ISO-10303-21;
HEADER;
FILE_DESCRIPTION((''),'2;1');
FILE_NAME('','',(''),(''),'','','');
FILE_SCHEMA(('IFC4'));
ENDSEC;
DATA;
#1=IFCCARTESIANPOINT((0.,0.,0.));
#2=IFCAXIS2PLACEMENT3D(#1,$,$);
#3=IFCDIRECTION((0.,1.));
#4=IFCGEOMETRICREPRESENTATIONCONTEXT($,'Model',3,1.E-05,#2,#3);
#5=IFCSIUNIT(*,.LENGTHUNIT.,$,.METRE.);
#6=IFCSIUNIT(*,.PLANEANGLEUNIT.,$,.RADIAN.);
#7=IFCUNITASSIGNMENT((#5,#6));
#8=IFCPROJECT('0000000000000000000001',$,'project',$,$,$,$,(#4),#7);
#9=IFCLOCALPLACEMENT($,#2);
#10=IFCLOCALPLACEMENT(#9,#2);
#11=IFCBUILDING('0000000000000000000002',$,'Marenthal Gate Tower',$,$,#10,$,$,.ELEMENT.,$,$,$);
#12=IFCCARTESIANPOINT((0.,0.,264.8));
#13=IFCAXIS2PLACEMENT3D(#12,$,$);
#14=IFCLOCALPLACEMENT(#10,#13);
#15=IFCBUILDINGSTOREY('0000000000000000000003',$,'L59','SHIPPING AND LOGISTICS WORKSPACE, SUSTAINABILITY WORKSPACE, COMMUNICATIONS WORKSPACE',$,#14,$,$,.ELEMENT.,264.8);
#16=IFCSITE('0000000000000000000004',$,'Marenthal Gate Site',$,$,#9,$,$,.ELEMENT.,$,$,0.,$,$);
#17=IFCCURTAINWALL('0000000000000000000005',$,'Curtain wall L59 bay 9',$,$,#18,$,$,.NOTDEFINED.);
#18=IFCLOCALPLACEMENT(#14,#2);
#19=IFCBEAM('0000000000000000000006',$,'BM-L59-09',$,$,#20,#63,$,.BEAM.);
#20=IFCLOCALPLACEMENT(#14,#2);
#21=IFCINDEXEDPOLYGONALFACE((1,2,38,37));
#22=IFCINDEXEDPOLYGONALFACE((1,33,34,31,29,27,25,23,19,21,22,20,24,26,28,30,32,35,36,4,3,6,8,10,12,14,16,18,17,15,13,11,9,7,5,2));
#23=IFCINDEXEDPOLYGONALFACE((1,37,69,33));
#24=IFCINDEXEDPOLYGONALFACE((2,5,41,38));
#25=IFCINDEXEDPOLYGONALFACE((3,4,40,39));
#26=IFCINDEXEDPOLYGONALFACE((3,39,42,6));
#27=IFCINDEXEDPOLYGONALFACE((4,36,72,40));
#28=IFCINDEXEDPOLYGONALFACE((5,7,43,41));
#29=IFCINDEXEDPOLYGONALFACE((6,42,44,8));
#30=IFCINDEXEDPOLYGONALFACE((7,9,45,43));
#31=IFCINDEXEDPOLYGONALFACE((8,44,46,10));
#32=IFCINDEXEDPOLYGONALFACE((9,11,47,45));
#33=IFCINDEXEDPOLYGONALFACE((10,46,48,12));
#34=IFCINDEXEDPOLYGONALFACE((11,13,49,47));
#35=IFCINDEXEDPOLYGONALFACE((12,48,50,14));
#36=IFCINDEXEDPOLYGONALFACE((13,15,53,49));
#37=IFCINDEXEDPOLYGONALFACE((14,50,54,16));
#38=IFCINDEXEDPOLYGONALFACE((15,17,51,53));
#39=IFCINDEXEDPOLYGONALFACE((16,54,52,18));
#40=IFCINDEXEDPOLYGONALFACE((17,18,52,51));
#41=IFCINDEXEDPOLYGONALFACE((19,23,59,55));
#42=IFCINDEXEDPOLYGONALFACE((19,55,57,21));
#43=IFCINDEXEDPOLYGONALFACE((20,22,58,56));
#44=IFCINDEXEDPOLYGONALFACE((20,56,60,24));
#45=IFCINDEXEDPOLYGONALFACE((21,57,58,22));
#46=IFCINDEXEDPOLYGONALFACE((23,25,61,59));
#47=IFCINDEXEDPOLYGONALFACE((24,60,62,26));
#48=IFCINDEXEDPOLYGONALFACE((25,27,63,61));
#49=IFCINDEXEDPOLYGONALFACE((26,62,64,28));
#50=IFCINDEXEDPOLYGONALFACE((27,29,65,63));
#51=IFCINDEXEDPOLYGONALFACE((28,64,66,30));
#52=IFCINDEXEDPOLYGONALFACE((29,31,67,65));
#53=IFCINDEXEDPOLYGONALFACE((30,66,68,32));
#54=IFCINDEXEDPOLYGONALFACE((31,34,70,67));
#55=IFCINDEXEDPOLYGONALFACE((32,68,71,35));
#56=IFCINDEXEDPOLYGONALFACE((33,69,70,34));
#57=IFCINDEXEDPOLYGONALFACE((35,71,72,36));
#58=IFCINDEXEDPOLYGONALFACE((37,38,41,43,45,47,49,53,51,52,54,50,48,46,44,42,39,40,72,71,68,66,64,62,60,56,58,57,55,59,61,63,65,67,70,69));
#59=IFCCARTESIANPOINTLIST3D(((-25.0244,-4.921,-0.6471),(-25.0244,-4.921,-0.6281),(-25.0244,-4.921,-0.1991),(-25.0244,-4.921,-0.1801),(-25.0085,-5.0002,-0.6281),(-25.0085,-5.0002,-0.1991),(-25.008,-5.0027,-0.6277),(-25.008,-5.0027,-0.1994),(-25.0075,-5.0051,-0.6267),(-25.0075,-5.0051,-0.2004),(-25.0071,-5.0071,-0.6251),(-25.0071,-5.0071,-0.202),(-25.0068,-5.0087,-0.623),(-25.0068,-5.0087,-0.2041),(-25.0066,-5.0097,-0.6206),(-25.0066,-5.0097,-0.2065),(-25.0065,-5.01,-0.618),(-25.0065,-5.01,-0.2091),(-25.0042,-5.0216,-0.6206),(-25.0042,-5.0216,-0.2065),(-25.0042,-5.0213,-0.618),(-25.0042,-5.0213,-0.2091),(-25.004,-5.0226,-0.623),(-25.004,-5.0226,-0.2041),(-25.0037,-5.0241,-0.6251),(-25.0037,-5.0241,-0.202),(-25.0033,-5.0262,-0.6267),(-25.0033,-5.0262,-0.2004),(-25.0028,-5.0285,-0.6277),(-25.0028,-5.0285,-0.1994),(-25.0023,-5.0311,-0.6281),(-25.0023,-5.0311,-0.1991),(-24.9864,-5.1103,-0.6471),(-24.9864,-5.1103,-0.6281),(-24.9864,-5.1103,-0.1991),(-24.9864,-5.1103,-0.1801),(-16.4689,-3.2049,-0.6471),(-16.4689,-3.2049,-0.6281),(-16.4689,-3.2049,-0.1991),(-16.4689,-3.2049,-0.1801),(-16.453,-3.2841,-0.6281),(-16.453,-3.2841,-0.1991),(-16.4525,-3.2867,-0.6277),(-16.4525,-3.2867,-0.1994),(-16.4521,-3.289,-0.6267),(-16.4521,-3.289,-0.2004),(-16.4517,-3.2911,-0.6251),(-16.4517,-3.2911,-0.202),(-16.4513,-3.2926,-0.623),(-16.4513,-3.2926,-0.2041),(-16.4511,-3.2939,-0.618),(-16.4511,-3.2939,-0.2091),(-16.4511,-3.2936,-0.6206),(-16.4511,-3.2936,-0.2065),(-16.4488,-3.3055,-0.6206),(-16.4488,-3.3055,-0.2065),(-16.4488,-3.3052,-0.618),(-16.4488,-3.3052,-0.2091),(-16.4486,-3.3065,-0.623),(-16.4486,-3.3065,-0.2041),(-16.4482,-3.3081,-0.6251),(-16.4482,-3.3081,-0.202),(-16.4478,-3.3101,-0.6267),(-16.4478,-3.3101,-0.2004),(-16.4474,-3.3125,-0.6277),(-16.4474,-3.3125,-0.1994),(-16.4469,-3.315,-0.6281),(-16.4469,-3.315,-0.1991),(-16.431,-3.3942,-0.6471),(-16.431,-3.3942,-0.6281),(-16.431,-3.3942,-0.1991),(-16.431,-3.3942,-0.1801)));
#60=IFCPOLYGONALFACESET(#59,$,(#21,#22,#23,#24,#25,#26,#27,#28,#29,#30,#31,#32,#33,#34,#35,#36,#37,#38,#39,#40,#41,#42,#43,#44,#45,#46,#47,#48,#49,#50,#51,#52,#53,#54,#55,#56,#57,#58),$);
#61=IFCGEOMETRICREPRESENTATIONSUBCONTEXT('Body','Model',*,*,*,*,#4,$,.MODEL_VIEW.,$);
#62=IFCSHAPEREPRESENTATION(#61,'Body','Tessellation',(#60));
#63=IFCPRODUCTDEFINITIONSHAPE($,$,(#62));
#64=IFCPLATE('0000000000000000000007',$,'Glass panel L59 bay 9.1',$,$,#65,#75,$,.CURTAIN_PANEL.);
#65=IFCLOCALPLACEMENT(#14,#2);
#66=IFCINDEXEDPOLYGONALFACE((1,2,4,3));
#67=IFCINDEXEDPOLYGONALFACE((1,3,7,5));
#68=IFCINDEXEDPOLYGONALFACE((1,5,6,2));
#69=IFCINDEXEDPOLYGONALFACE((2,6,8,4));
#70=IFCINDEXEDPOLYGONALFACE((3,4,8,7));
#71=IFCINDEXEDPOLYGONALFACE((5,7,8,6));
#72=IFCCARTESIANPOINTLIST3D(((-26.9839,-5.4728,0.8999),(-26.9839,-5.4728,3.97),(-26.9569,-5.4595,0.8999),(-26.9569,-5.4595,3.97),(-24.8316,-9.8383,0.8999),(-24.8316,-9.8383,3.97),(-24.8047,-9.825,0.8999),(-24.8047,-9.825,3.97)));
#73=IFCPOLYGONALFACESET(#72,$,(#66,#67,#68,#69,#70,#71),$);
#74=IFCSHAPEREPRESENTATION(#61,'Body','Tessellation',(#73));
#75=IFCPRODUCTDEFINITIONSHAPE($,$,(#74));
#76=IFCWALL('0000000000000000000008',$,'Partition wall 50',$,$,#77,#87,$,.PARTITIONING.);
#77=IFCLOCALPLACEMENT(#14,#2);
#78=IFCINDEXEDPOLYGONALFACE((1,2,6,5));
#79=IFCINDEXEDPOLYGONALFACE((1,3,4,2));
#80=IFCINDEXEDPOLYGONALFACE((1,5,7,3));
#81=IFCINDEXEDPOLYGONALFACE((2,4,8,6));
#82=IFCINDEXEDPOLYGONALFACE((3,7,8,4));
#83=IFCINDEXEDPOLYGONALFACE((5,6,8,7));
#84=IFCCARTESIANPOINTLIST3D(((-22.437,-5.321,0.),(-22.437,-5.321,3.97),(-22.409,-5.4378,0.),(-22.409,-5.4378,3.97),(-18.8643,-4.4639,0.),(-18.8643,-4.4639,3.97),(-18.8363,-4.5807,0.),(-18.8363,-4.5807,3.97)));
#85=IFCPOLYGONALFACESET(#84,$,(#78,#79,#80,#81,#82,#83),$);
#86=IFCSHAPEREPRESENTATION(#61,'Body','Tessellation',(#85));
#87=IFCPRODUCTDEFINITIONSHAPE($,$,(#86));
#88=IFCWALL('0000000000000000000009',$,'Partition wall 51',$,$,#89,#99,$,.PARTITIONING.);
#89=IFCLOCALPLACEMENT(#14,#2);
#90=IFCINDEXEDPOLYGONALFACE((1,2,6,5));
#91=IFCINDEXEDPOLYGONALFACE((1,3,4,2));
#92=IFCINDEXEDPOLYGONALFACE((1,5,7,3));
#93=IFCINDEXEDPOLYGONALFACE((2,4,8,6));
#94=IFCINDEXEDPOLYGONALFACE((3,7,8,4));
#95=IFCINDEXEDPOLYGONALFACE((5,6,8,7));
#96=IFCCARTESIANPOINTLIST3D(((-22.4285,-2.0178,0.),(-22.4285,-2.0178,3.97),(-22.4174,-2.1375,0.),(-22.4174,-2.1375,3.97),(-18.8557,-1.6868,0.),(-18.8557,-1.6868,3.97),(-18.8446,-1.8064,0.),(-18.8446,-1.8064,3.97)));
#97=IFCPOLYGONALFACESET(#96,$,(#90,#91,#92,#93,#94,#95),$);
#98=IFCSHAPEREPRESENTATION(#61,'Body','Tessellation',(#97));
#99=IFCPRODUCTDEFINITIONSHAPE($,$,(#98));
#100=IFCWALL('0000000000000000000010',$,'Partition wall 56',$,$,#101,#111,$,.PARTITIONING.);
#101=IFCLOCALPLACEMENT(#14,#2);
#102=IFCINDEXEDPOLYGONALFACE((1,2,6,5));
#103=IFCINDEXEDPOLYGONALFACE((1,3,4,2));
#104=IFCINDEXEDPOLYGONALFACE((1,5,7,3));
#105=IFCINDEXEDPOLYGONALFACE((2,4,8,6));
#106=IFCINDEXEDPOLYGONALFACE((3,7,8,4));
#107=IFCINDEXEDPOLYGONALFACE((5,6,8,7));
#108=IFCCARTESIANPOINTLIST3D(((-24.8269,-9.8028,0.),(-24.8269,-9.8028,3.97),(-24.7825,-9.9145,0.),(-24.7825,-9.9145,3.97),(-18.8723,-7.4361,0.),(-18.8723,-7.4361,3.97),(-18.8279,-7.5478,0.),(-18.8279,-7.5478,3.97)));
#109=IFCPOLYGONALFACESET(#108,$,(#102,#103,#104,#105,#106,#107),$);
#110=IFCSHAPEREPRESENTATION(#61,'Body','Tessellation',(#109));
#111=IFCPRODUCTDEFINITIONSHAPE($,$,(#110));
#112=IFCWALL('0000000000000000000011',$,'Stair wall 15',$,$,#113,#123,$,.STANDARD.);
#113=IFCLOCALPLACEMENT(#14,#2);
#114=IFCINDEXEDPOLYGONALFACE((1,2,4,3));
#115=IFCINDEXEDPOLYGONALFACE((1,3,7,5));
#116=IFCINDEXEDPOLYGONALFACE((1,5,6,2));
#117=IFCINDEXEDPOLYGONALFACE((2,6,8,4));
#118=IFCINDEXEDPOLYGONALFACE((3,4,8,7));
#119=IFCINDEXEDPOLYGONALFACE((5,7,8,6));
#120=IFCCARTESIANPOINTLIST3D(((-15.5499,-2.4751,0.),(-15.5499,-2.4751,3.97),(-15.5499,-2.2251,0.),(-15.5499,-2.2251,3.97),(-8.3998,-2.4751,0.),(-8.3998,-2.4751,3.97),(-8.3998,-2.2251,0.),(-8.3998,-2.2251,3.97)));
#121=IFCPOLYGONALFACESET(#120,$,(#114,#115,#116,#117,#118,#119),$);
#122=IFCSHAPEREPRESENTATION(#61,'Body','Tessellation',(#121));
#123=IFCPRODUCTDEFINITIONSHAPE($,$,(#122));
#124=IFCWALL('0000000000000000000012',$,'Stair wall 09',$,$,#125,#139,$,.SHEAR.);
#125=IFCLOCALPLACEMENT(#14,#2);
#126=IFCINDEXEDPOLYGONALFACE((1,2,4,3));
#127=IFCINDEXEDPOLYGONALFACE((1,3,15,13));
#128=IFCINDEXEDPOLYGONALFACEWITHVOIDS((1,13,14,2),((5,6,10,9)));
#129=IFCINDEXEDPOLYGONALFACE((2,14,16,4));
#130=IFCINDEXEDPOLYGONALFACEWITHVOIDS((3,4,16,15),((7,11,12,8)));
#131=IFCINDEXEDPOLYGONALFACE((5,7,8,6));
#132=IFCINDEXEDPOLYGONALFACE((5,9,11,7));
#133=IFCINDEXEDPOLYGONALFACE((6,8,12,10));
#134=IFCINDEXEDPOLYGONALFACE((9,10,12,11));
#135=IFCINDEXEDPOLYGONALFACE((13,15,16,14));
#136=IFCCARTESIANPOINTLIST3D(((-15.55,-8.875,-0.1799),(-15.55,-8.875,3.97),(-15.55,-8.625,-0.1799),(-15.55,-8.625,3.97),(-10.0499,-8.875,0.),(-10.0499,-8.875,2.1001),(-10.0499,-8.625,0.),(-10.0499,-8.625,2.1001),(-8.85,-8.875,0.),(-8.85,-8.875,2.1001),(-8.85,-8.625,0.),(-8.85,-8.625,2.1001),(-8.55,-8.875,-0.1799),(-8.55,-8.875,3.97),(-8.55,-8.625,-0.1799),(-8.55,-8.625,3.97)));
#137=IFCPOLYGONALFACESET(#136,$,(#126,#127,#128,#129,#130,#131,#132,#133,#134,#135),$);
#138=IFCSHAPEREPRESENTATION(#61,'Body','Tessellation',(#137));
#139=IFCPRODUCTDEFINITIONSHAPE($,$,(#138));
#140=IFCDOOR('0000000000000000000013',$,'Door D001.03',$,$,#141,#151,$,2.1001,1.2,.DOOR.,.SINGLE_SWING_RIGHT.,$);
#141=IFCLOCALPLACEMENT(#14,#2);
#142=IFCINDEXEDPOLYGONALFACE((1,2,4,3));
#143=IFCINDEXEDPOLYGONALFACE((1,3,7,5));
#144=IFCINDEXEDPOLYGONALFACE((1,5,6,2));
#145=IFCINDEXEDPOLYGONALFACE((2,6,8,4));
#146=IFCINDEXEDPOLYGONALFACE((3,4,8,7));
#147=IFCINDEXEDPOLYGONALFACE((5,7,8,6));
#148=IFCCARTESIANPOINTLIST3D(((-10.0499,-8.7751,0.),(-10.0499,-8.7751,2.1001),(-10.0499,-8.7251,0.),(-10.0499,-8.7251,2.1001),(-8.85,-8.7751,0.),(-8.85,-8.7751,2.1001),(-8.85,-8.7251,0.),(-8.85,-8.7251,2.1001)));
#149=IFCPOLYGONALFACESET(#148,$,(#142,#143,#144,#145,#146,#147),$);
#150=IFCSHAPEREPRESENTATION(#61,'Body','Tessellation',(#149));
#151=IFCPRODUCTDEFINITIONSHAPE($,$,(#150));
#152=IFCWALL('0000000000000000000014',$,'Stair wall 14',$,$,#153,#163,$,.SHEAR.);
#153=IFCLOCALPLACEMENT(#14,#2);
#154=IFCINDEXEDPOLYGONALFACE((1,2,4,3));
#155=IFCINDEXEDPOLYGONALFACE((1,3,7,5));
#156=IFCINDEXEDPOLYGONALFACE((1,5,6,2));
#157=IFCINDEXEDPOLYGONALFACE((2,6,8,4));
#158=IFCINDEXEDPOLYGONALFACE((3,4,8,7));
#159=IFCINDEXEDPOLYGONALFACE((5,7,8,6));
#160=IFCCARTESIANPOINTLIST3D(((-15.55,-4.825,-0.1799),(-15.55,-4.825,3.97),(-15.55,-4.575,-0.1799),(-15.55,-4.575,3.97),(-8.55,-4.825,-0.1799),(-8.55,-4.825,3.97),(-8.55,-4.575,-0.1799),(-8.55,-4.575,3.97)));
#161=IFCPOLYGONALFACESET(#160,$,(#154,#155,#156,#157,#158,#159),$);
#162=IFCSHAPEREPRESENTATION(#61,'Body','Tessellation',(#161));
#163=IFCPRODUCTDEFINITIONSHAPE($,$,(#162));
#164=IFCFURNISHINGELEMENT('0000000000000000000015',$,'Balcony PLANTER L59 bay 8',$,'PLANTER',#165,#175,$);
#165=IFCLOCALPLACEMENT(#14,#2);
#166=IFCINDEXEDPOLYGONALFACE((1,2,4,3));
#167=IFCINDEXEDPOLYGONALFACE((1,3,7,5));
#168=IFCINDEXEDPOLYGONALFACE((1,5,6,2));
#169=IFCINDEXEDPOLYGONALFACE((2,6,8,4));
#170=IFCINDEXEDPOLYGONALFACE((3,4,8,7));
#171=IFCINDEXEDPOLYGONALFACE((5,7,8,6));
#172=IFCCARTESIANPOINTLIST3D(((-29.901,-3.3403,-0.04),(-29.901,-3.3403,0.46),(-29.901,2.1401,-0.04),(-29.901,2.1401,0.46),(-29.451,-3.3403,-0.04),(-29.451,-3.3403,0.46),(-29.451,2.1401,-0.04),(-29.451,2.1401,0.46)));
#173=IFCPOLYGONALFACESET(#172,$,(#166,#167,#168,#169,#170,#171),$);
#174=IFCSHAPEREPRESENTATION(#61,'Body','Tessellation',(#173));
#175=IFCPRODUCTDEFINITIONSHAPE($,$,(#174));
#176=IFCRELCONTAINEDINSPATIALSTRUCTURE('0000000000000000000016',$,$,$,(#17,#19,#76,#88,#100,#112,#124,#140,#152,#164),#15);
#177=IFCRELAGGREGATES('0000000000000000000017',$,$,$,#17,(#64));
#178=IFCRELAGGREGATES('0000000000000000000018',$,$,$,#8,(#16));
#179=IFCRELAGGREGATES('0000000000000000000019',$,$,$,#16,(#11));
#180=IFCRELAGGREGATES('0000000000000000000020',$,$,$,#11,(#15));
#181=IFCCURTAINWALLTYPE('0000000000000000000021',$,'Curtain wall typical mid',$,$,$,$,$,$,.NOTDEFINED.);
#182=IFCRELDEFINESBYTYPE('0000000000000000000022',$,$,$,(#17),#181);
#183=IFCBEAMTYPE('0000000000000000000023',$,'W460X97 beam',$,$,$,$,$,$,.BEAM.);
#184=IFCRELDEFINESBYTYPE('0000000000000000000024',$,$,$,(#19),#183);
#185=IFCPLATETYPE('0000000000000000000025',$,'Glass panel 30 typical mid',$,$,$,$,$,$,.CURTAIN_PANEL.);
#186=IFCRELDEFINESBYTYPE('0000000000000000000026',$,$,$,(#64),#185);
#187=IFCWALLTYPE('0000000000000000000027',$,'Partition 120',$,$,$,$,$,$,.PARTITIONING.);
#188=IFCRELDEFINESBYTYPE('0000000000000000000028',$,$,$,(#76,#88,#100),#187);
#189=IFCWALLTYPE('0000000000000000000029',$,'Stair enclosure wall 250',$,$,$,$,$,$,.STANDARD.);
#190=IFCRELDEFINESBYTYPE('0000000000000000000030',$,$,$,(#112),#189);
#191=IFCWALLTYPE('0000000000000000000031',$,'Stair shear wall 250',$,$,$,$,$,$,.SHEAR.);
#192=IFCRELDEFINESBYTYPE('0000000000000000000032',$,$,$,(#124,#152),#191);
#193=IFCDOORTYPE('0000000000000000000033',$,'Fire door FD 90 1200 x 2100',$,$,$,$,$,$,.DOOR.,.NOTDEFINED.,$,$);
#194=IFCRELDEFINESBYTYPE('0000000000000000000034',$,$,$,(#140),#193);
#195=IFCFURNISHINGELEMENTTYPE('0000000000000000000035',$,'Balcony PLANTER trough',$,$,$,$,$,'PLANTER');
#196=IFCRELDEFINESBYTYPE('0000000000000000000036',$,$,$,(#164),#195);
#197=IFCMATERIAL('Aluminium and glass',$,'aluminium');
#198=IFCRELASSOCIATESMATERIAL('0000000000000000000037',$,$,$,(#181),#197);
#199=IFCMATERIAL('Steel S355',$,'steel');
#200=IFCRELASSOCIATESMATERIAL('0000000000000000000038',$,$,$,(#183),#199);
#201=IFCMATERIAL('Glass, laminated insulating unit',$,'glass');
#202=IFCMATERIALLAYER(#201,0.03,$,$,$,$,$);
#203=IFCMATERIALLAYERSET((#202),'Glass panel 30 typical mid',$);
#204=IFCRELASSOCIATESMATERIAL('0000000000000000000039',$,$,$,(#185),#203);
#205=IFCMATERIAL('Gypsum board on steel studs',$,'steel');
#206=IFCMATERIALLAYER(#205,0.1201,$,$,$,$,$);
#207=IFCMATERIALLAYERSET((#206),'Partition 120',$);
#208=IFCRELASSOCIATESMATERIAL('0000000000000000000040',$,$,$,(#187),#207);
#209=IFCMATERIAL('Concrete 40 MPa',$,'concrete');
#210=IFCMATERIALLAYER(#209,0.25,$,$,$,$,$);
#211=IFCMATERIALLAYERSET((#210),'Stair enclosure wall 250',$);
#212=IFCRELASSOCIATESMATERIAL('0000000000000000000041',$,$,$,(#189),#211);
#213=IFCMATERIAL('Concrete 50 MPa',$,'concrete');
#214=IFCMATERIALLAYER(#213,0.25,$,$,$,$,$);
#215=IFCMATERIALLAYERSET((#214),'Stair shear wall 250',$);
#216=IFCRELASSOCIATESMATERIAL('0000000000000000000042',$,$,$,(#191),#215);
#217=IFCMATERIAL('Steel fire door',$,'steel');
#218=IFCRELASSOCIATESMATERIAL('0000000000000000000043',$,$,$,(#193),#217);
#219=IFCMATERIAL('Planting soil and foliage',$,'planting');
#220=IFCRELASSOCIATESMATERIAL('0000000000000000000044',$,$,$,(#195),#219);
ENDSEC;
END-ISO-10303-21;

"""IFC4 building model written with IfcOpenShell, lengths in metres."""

from ifc_helpers import new_model, si_unit, direction, frame, frame_2d, origin, origin_2d, place, context, subcontext, project, spatial, rectangle, i_section, extrude, material, layer, layer_set, material_profile, profile_set, type_object, element, fill, aggregate, save


model = new_model("IFC4")

# Units and contexts
model_context = context("Model", 3, precision=1e-05, world=origin(), true_north=direction((0.0, 1.0)))
body_context = subcontext(model_context, "Body", "Model", "MODEL_VIEW")
ifc_project = project(units=[si_unit("LENGTHUNIT", "METRE"), si_unit("PLANEANGLEUNIT", "RADIAN")], contexts=[model_context])

# Site, building, storey
site_placement = place(None, origin())
site = spatial("IfcSite", under=ifc_project, at=site_placement, Name="Marenthal Gate Site", CompositionType="ELEMENT", RefElevation=0.0)
building_placement = place(site_placement, origin())
building = spatial("IfcBuilding", under=site, at=building_placement, Name="Marenthal Gate Tower", CompositionType="ELEMENT")
storey_placement = place(building_placement, frame((0.0, 0.0, 264.8)))
storey = spatial("IfcBuildingStorey", under=building, at=storey_placement, Name="L59", Description="SHIPPING AND LOGISTICS WORKSPACE, SUSTAINABILITY WORKSPACE, COMMUNICATIONS WORKSPACE", CompositionType="ELEMENT", Elevation=264.8)

# Curtain wall
ifc_material_1 = material(Name="Aluminium and glass", Category="aluminium")
curtain_wall_type = type_object("IfcCurtainWallType", Name="Curtain wall typical mid", PredefinedType="NOTDEFINED", material=ifc_material_1)
curtain_wall_placement = place(storey_placement, origin())
curtain_wall = element("IfcCurtainWall", 1, at=curtain_wall_placement, inside=storey, type_object=curtain_wall_type, Name="Curtain wall L59 bay 9", PredefinedType="NOTDEFINED")

# Beam
ifc_material_2 = material(Name="Steel S355", Category="steel")
ifc_material_profile_1 = material_profile(ifc_material_2, i_section(OverallWidth=0.1931, OverallDepth=0.467, WebThickness=0.0115, FlangeThickness=0.019, FilletRadius=0.01, at=origin_2d()), Name="W460X97")
ifc_profile_set_1 = profile_set([ifc_material_profile_1], Name="Steel S355")
beam_type_1 = type_object("IfcBeamType", Name="W460X97 beam", PredefinedType="BEAM", material=ifc_profile_set_1)
beam_1_placement = place(storey_placement, frame((-25.0054, -5.0156, -0.4136), z_axis=(0.980471, 0.196665, 0.0), x_axis=(-0.196665, 0.980471, 0.0)))
element("IfcBeam", 2, at=beam_1_placement, inside=storey, type_object=beam_type_1, Name="BM-L59-09", PredefinedType="BEAM", context=body_context, shape_type="SweptSolid", body=[
    extrude(i_section(OverallWidth=0.1931, OverallDepth=0.467, WebThickness=0.0115, FlangeThickness=0.019, FilletRadius=0.01, at=origin_2d()), origin(), (0.0, 0.0, 1.0), 8.7258),
])

# Plate
ifc_material_3 = material(Name="Glass, laminated insulating unit", Category="glass")
ifc_layer_1 = layer(ifc_material_3, 0.03)
ifc_layer_set_1 = layer_set([ifc_layer_1], Name="Glass panel 30 typical mid")
plate_type = type_object("IfcPlateType", Name="Glass panel 30 typical mid", PredefinedType="CURTAIN_PANEL", material=ifc_layer_set_1)
plate_placement = place(storey_placement, frame((-25.8943, -7.6489, 0.8999), z_axis=(0.0, 0.0, 1.0), x_axis=(0.442192, -0.896921, 0.0)))
plate = element("IfcPlate", 3, at=plate_placement, type_object=plate_type, Name="Glass panel L59 bay 9.1", PredefinedType="CURTAIN_PANEL", context=body_context, shape_type="SweptSolid", body=[
    extrude(rectangle(XDim=4.8672, YDim=0.03, at=origin_2d()), origin(), (0.0, 0.0, 1.0), 3.0701),
])
aggregate(curtain_wall, [plate])

# Walls
ifc_material_4 = material(Name="Gypsum board on steel studs", Category="steel")
ifc_layer_2 = layer(ifc_material_4, 0.1201)
ifc_layer_set_2 = layer_set([ifc_layer_2], Name="Partition 120")
wall_type_1 = type_object("IfcWallType", Name="Partition 120", PredefinedType="PARTITIONING", material=ifc_layer_set_2)
wall_1_placement = place(storey_placement, frame((-22.4229, -5.3794, 0.0), z_axis=(0.0, 0.0, 1.0), x_axis=(0.972405, 0.2333, 0.0)))
element("IfcWall", 4, at=wall_1_placement, inside=storey, type_object=wall_type_1, Name="Partition wall 50", PredefinedType="PARTITIONING", context=body_context, shape_type="SweptSolid", body=[
    extrude(rectangle(XDim=3.6741, YDim=0.1201, at=frame_2d((1.8369, 0.0))), origin(), (0.0, 0.0, 1.0), 3.97),
])
wall_2_placement = place(storey_placement, frame((-22.4229, -2.0776, 0.0), z_axis=(0.0, 0.0, 1.0), x_axis=(0.995734, 0.092266, 0.0)))
element("IfcWall", 5, at=wall_2_placement, inside=storey, type_object=wall_type_1, Name="Partition wall 51", PredefinedType="PARTITIONING", context=body_context, shape_type="SweptSolid", body=[
    extrude(rectangle(XDim=3.5881, YDim=0.1201, at=frame_2d((1.7939, 0.0))), origin(), (0.0, 0.0, 1.0), 3.97),
])
wall_3_placement = place(storey_placement, frame((-18.8501, -7.4919, 0.0), z_axis=(0.0, 0.0, 1.0), x_axis=(-0.929289, -0.369353, 0.0)))
element("IfcWall", 6, at=wall_3_placement, inside=storey, type_object=wall_type_1, Name="Partition wall 56", PredefinedType="PARTITIONING", context=body_context, shape_type="SweptSolid", body=[
    extrude(rectangle(XDim=6.4077, YDim=0.1201, at=frame_2d((3.2039, 0.0))), origin(), (0.0, 0.0, 1.0), 3.97),
])
ifc_material_5 = material(Name="Concrete 40 MPa", Category="concrete")
ifc_layer_3 = layer(ifc_material_5, 0.25)
ifc_layer_set_3 = layer_set([ifc_layer_3], Name="Stair enclosure wall 250")
wall_type_2 = type_object("IfcWallType", Name="Stair enclosure wall 250", PredefinedType="STANDARD", material=ifc_layer_set_3)
wall_4_placement = place(storey_placement, frame((-15.55, -2.3501, 0.0), z_axis=(0.0, 0.0, 1.0), x_axis=(1.0, 0.0, 0.0)))
element("IfcWall", 7, at=wall_4_placement, inside=storey, type_object=wall_type_2, Name="Stair wall 15", PredefinedType="STANDARD", context=body_context, shape_type="SweptSolid", body=[
    extrude(rectangle(XDim=7.1501, YDim=0.25, at=frame_2d((3.5752, 0.0))), origin(), (0.0, 0.0, 1.0), 3.97),
])

# Wall, opening, door
ifc_material_6 = material(Name="Concrete 50 MPa", Category="concrete")
ifc_layer_4 = layer(ifc_material_6, 0.25)
ifc_layer_set_4 = layer_set([ifc_layer_4], Name="Stair shear wall 250")
wall_type_3 = type_object("IfcWallType", Name="Stair shear wall 250", PredefinedType="SHEAR", material=ifc_layer_set_4)
wall_5_placement = place(storey_placement, frame((-15.55, -8.75, -0.1799), z_axis=(0.0, 0.0, 1.0), x_axis=(1.0, 0.0, 0.0)))
wall_5 = element("IfcWall", 8, at=wall_5_placement, inside=storey, type_object=wall_type_3, Name="Stair wall 09", PredefinedType="SHEAR", context=body_context, shape_type="SweptSolid", body=[
    extrude(rectangle(XDim=7.0, YDim=0.25, at=frame_2d((3.5, 0.0))), origin(), (0.0, 0.0, 1.0), 4.1499),
])
opening_placement = place(wall_5_placement, frame((5.5, 0.0, 0.1799)))
opening = element("IfcOpeningElement", 9, at=opening_placement, cuts=wall_5, PredefinedType="OPENING", context=body_context, shape_type="SweptSolid", body=[
    extrude(rectangle(XDim=1.2, YDim=2.1001, at=frame_2d((0.6001, 1.05))), frame((0.0, 0.135, 0.0), z_axis=(0.0, -1.0, 0.0), x_axis=(1.0, 0.0, 0.0)), (0.0, 0.0, 1.0), 0.27),
])
ifc_material_7 = material(Name="Steel fire door", Category="steel")
door_type = type_object("IfcDoorType", Name="Fire door FD 90 1200 x 2100", OperationType="NOTDEFINED", PredefinedType="DOOR", material=ifc_material_7)
door_placement = place(opening_placement, origin())
door = element("IfcDoor", 10, at=door_placement, inside=storey, type_object=door_type, Name="Door D001.03", OperationType="SINGLE_SWING_RIGHT", OverallHeight=2.1001, OverallWidth=1.2, PredefinedType="DOOR", context=body_context, shape_type="SweptSolid", body=[
    extrude(rectangle(XDim=1.2, YDim=2.1001, at=frame_2d((0.6001, 1.05))), frame((0.0, 0.0249, 0.0), z_axis=(0.0, -1.0, 0.0), x_axis=(1.0, 0.0, 0.0)), (0.0, 0.0, 1.0), 0.05),
])
fill(opening, door)

# Wall
wall_6_placement = place(storey_placement, frame((-15.55, -4.7, -0.1799), z_axis=(0.0, 0.0, 1.0), x_axis=(1.0, 0.0, 0.0)))
element("IfcWall", 11, at=wall_6_placement, inside=storey, type_object=wall_type_3, Name="Stair wall 14", PredefinedType="SHEAR", context=body_context, shape_type="SweptSolid", body=[
    extrude(rectangle(XDim=7.0, YDim=0.25, at=frame_2d((3.5, 0.0))), origin(), (0.0, 0.0, 1.0), 4.1499),
])

# Furnishing element
ifc_material_8 = material(Name="Planting soil and foliage", Category="planting")
furnishing_element_type = type_object("IfcFurnishingElementType", Name="Balcony PLANTER trough", ElementType="PLANTER", material=ifc_material_8)
furnishing_placement = place(storey_placement, frame((-29.676, -0.6001, -0.04), z_axis=(0.0, 0.0, 1.0), x_axis=(0.0, -1.0, 0.0)))
element("IfcFurnishingElement", 12, at=furnishing_placement, inside=storey, type_object=furnishing_element_type, Name="Balcony PLANTER L59 bay 8", ObjectType="PLANTER", context=body_context, shape_type="SweptSolid", body=[
    extrude(rectangle(XDim=5.4805, YDim=0.45, at=origin_2d()), origin(), (0.0, 0.0, 1.0), 0.5),
])

save(model, "model.ifc")
